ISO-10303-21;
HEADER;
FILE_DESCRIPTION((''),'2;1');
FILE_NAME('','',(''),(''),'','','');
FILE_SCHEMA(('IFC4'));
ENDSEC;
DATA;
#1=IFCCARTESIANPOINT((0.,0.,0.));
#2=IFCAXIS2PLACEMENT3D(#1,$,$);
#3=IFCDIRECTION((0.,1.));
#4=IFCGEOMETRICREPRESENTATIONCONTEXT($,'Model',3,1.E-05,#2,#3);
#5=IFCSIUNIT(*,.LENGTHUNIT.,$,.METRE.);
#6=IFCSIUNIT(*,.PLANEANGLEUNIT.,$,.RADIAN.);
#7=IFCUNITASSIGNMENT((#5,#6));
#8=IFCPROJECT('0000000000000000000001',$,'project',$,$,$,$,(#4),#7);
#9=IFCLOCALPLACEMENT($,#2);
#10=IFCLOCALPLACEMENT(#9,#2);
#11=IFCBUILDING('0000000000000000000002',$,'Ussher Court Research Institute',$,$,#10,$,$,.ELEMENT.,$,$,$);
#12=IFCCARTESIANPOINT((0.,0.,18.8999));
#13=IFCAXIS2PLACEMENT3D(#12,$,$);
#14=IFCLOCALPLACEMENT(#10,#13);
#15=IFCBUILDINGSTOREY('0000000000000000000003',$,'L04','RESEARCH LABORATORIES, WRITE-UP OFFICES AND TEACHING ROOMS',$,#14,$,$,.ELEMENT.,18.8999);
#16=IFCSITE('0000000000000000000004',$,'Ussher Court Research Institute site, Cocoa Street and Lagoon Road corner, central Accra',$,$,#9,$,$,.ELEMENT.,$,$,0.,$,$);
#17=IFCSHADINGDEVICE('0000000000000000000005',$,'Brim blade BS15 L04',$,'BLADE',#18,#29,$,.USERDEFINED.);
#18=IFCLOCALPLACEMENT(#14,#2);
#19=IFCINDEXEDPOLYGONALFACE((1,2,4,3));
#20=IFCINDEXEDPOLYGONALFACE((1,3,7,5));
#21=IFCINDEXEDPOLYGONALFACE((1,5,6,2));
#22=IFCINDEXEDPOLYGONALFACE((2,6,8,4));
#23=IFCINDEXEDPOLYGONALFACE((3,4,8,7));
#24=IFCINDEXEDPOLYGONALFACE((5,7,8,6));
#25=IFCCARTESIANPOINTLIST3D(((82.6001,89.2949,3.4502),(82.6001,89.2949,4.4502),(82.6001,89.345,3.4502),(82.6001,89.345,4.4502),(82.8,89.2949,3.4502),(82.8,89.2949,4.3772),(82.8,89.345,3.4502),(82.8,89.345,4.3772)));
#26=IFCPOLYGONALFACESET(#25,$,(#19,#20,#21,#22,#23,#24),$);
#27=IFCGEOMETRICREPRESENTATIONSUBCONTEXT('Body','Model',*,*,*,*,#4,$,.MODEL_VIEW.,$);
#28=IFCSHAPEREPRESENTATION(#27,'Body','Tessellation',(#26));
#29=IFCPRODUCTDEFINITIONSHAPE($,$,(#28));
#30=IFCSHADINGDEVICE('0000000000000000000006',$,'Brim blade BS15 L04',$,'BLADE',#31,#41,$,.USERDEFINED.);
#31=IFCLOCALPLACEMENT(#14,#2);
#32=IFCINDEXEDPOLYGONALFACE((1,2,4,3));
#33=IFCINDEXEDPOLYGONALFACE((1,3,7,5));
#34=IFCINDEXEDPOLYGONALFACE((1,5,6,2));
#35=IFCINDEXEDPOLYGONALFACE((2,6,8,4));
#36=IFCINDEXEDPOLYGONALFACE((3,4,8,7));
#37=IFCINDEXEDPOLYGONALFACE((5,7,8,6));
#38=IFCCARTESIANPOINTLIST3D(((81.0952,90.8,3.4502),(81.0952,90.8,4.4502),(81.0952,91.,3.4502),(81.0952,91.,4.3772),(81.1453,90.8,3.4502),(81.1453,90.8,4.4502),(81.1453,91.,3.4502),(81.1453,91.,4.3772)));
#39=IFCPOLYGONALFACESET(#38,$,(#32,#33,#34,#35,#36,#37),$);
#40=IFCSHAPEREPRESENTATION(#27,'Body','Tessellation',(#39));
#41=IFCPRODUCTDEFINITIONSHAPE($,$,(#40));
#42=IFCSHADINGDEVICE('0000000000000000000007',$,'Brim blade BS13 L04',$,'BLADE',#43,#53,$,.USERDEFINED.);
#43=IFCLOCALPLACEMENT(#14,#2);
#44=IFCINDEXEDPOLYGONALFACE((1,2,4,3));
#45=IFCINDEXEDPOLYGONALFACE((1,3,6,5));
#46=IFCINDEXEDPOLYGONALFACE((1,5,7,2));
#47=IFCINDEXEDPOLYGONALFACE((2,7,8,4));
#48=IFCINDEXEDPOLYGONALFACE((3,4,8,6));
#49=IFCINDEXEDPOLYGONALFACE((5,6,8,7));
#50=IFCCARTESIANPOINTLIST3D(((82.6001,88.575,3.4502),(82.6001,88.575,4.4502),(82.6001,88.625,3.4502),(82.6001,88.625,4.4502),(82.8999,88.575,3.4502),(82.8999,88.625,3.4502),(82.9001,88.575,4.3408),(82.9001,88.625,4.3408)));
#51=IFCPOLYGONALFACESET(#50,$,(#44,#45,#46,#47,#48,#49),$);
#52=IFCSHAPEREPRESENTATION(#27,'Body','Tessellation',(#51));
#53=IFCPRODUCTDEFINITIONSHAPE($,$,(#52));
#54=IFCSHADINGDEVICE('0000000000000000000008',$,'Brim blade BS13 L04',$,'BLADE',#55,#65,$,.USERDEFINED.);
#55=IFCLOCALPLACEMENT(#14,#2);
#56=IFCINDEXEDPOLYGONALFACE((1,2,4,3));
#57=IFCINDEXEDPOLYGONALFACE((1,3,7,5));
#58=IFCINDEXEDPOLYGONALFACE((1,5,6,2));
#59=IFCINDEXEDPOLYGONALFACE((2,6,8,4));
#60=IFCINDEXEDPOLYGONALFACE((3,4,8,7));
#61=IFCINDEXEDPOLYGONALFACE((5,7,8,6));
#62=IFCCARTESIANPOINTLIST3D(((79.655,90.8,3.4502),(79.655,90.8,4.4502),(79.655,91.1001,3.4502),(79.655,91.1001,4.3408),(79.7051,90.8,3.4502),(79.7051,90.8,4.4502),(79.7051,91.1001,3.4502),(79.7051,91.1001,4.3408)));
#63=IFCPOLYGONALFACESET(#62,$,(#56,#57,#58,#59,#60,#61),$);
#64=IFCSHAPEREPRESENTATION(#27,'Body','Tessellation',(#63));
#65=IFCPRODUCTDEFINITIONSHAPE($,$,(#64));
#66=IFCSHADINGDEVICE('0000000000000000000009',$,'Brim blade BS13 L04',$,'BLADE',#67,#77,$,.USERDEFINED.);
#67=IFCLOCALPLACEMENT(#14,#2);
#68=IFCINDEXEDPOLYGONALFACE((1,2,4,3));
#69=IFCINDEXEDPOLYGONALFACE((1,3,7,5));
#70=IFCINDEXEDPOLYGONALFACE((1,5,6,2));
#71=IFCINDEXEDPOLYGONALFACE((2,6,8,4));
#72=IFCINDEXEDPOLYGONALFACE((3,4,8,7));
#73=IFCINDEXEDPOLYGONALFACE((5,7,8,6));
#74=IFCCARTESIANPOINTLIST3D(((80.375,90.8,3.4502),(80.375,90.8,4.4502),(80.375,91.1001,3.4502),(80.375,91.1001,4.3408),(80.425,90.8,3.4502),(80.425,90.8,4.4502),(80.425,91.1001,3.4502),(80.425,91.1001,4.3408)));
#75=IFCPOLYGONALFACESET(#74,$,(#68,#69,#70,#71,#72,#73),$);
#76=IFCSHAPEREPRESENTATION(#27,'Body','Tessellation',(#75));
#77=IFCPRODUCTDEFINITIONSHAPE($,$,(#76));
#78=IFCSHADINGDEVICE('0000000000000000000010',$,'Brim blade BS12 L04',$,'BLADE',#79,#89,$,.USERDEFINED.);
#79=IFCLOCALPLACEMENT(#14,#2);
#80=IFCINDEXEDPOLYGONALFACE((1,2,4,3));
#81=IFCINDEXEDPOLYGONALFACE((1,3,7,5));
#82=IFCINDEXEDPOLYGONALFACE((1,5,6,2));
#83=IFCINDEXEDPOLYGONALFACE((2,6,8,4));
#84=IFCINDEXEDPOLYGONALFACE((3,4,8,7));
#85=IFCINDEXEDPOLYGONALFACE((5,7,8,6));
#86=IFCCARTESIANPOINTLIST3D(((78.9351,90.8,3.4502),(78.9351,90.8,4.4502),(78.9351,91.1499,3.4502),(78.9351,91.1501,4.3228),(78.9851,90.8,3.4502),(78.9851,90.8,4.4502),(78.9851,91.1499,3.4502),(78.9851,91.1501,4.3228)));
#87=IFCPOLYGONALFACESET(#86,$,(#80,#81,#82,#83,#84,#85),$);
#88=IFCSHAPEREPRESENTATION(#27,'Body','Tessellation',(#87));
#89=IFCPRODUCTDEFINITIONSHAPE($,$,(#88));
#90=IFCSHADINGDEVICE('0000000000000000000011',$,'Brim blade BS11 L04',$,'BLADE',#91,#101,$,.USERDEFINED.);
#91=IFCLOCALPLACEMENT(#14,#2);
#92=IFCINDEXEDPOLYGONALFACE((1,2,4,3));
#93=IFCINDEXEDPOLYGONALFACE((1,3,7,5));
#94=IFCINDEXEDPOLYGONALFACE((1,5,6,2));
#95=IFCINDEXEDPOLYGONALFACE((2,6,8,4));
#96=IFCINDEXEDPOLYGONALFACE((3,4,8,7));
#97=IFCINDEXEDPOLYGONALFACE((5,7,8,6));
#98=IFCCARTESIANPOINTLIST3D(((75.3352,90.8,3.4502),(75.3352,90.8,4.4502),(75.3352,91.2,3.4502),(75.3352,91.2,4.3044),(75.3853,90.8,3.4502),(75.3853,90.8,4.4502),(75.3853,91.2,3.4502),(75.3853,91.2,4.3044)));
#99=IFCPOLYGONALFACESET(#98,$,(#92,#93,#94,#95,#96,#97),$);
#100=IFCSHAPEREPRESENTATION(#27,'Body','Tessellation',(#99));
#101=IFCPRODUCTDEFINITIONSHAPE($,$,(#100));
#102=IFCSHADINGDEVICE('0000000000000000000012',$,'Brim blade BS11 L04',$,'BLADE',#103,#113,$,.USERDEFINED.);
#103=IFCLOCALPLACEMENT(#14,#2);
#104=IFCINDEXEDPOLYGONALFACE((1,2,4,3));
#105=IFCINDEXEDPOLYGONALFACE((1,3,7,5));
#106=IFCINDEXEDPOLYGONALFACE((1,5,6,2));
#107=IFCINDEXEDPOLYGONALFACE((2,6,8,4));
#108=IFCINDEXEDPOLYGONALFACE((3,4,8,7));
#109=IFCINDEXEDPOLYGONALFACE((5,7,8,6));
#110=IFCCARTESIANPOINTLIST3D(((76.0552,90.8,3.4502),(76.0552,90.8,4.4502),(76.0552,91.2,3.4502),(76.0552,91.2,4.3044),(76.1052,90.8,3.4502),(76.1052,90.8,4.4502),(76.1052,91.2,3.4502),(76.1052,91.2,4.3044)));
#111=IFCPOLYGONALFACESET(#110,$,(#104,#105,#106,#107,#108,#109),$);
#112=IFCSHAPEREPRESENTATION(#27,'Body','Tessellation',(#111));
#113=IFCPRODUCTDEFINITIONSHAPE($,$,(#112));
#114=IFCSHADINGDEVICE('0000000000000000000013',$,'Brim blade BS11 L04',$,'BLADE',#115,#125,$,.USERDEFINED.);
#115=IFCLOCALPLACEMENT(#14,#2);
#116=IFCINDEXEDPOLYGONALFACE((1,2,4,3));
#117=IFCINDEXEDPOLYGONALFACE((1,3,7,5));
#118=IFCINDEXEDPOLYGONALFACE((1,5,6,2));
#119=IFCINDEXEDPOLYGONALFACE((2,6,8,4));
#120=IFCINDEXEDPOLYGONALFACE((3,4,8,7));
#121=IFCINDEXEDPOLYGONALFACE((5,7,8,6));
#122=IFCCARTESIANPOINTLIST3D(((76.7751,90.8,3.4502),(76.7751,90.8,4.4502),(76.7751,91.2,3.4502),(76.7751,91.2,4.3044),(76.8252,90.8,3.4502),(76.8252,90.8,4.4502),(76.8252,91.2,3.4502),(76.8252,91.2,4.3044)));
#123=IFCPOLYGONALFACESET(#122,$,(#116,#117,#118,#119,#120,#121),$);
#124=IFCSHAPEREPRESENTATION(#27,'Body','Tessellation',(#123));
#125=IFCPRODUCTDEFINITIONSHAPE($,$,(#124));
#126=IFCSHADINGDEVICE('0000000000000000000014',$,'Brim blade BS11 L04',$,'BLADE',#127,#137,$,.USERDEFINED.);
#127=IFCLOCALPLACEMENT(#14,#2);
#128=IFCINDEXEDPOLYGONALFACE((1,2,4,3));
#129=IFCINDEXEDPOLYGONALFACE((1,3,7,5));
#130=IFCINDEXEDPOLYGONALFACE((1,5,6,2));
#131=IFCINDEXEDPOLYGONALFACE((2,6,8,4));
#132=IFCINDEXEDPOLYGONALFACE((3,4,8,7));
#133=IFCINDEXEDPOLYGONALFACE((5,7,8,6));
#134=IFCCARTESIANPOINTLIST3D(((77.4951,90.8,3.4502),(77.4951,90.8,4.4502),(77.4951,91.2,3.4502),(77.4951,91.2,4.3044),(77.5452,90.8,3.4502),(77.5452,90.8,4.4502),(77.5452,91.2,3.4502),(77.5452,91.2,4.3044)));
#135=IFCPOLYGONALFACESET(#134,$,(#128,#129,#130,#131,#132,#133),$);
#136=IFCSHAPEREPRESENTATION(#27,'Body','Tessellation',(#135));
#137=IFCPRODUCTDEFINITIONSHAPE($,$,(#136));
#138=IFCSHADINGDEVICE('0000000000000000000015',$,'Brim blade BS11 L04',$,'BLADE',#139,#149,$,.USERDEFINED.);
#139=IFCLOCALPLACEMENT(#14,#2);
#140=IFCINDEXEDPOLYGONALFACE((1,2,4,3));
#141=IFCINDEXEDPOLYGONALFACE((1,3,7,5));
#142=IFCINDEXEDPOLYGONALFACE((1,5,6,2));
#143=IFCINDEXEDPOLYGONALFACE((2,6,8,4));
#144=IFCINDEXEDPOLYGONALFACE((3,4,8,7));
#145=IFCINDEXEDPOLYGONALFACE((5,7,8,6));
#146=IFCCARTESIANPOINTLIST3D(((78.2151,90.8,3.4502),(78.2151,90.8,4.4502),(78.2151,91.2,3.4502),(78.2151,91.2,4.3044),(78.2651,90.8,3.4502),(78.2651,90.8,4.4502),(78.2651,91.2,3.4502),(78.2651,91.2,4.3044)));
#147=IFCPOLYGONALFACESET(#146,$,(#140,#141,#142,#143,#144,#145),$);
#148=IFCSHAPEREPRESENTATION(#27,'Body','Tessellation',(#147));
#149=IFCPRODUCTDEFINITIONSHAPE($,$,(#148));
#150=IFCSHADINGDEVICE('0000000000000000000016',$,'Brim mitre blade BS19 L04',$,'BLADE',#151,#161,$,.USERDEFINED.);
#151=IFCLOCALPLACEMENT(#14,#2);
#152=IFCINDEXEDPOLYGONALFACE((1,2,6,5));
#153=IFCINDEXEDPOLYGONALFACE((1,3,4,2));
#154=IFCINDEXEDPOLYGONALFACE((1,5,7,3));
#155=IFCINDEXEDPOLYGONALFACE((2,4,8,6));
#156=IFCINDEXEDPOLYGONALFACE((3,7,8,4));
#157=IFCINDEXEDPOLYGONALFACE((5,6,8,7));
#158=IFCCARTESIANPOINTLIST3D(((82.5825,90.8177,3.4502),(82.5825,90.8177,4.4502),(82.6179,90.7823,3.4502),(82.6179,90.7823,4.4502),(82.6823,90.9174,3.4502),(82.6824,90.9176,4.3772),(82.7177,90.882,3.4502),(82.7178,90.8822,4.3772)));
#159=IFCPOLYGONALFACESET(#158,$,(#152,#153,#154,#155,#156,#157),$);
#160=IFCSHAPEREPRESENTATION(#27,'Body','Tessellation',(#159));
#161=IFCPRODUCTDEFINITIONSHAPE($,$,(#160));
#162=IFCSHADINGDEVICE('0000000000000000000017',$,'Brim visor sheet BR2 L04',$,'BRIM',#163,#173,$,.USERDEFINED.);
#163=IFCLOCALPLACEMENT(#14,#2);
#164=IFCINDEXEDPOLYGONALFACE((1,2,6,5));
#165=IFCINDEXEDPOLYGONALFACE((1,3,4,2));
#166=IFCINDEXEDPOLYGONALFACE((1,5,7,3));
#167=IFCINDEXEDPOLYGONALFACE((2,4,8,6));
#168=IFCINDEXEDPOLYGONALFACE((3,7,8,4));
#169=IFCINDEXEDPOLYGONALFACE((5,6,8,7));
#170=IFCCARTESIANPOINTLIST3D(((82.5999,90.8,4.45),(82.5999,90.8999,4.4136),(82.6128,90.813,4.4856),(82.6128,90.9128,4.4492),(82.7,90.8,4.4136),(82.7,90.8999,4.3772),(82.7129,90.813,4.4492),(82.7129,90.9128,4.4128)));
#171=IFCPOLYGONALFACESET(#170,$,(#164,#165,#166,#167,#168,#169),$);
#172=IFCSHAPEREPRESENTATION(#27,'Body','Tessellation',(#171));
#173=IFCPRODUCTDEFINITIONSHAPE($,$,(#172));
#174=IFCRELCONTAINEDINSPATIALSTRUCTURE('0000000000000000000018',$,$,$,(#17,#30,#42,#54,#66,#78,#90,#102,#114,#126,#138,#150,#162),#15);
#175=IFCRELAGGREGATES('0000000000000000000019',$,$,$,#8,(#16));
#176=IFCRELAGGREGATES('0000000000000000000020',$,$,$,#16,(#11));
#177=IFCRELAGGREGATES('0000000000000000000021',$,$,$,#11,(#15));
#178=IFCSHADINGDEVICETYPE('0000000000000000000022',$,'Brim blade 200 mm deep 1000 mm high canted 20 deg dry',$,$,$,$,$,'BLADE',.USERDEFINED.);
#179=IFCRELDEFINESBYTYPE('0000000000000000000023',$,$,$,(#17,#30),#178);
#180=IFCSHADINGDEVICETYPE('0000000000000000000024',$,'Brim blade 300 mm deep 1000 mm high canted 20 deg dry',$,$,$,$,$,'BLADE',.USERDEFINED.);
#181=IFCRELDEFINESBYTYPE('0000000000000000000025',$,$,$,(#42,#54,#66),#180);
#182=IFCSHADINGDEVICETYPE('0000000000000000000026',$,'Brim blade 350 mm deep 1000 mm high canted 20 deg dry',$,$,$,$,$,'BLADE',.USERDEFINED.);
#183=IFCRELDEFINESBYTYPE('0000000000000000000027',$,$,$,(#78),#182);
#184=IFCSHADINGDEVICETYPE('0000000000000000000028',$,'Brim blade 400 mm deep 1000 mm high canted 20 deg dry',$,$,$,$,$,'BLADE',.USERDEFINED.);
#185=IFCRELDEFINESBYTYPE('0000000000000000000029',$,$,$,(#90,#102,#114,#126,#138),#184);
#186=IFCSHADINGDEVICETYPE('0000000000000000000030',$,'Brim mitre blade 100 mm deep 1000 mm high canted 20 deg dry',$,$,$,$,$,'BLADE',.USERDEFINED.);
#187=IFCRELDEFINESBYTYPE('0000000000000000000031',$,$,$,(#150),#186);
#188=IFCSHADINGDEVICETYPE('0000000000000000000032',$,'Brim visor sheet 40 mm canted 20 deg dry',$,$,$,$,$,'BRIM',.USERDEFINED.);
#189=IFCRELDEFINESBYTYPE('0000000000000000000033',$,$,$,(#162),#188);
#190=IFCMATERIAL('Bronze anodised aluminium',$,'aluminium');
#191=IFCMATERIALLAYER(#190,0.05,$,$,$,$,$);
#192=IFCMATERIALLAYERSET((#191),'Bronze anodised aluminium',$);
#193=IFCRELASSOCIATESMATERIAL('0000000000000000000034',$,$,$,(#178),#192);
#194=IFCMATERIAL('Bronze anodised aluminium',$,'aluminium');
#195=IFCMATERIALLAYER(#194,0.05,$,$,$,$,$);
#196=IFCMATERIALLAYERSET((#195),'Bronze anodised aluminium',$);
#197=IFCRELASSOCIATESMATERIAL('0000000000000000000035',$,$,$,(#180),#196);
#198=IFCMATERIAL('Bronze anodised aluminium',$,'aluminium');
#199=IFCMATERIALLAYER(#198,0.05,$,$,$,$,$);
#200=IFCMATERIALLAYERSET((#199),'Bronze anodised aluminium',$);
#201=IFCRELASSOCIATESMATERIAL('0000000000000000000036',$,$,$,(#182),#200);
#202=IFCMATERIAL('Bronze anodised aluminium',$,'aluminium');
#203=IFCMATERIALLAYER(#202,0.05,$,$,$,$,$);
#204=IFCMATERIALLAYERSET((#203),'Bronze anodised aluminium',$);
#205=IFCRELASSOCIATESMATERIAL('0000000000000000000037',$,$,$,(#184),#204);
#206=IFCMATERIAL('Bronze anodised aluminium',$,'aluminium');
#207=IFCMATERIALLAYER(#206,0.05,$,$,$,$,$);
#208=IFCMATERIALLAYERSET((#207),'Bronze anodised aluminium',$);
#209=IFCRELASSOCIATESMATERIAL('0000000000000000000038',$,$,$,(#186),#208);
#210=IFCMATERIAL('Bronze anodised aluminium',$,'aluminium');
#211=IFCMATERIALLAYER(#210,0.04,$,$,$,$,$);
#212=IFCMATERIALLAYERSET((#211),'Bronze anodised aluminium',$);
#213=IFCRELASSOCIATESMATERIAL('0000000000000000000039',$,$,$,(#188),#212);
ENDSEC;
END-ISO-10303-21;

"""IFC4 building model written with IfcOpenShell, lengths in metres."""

from ifc_helpers import new_model, si_unit, direction, frame, origin, place, context, subcontext, project, spatial, polyline, outline, extrude, material, layer, layer_set, type_object, element, save


model = new_model("IFC4")

# Units and contexts
model_context = context("Model", 3, precision=1e-05, world=origin(), true_north=direction((0.0, 1.0)))
body_context = subcontext(model_context, "Body", "Model", "MODEL_VIEW")
ifc_project = project(units=[si_unit("LENGTHUNIT", "METRE"), si_unit("PLANEANGLEUNIT", "RADIAN")], contexts=[model_context])

# Site, building, storey
site_placement = place(None, origin())
site = spatial("IfcSite", under=ifc_project, at=site_placement, Name="Ussher Court Research Institute site, Cocoa Street and Lagoon Road corner, central Accra", CompositionType="ELEMENT", RefElevation=0.0)
building_placement = place(site_placement, origin())
building = spatial("IfcBuilding", under=site, at=building_placement, Name="Ussher Court Research Institute", CompositionType="ELEMENT")
storey_placement = place(building_placement, frame((0.0, 0.0, 18.8999)))
storey = spatial("IfcBuildingStorey", under=building, at=storey_placement, Name="L04", Description="RESEARCH LABORATORIES, WRITE-UP OFFICES AND TEACHING ROOMS", CompositionType="ELEMENT", Elevation=18.8999)

# Shading devices
ifc_material_1 = material(Name="Bronze anodised aluminium", Category="aluminium")
ifc_layer_1 = layer(ifc_material_1, 0.05)
ifc_layer_set_1 = layer_set([ifc_layer_1], Name="Bronze anodised aluminium")
shading_device_type_1 = type_object("IfcShadingDeviceType", Name="Brim blade 200 mm deep 1000 mm high canted 20 deg dry", ElementType="BLADE", PredefinedType="USERDEFINED", material=ifc_layer_set_1)
for number, where, z_axis, x_axis, name in (
    (1, (82.6001, 89.3201, 3.4502), (0.0, 0.0, 1.0), (1.0, 0.0, 0.0), "Brim blade BS15 L04"),
    (2, (81.1201, 90.8, 3.4502), (0.0, 0.0, 1.0), (0.0, 1.0, 0.0), "Brim blade BS15 L04"),
):
    element("IfcShadingDevice", number, at=place(storey_placement, frame(where, z_axis=z_axis, x_axis=x_axis)), inside=storey, type_object=shading_device_type_1, Name=name, ObjectType="BLADE", PredefinedType="USERDEFINED", context=body_context, shape_type="SweptSolid", body=[
        extrude(outline(polyline([(0.0, 0.0), (0.2, 0.0), (0.2, 0.927), (0.0, 1.0), (0.0, 0.0)])), frame((0.0, 0.0249, 0.0), z_axis=(0.0, -1.0, 0.0), x_axis=(1.0, 0.0, 0.0)), (0.0, 0.0, 1.0), 0.05),
    ])
ifc_material_2 = material(Name="Bronze anodised aluminium", Category="aluminium")
ifc_layer_2 = layer(ifc_material_2, 0.05)
ifc_layer_set_2 = layer_set([ifc_layer_2], Name="Bronze anodised aluminium")
shading_device_type_2 = type_object("IfcShadingDeviceType", Name="Brim blade 300 mm deep 1000 mm high canted 20 deg dry", ElementType="BLADE", PredefinedType="USERDEFINED", material=ifc_layer_set_2)
shading_device_1_placement = place(storey_placement, frame((82.6001, 88.6001, 3.4502), z_axis=(0.0, 0.0, 1.0), x_axis=(1.0, 0.0, 0.0)))
element("IfcShadingDevice", 3, at=shading_device_1_placement, inside=storey, type_object=shading_device_type_2, Name="Brim blade BS13 L04", ObjectType="BLADE", PredefinedType="USERDEFINED", context=body_context, shape_type="SweptSolid", body=[
    extrude(outline(polyline([(0.0, 0.0), (0.2998, 0.0), (0.3, 0.8906), (0.0, 1.0), (0.0, 0.0)])), frame((0.0, 0.0249, 0.0), z_axis=(0.0, -1.0, 0.0), x_axis=(1.0, 0.0, 0.0)), (0.0, 0.0, 1.0), 0.05),
])
for number, where, z_axis, x_axis, name in (
    (4, (79.6799, 90.8, 3.4502), (0.0, 0.0, 1.0), (0.0, 1.0, 0.0), "Brim blade BS13 L04"),
    (5, (80.3999, 90.8, 3.4502), (0.0, 0.0, 1.0), (0.0, 1.0, 0.0), "Brim blade BS13 L04"),
):
    element("IfcShadingDevice", number, at=place(storey_placement, frame(where, z_axis=z_axis, x_axis=x_axis)), inside=storey, type_object=shading_device_type_2, Name=name, ObjectType="BLADE", PredefinedType="USERDEFINED", context=body_context, shape_type="SweptSolid", body=[
        extrude(outline(polyline([(0.0, 0.0), (0.3, 0.0), (0.3, 0.8906), (0.0, 1.0), (0.0, 0.0)])), frame((0.0, 0.0249, 0.0), z_axis=(0.0, -1.0, 0.0), x_axis=(1.0, 0.0, 0.0)), (0.0, 0.0, 1.0), 0.05),
    ])
ifc_material_3 = material(Name="Bronze anodised aluminium", Category="aluminium")
ifc_layer_3 = layer(ifc_material_3, 0.05)
ifc_layer_set_3 = layer_set([ifc_layer_3], Name="Bronze anodised aluminium")
shading_device_type_3 = type_object("IfcShadingDeviceType", Name="Brim blade 350 mm deep 1000 mm high canted 20 deg dry", ElementType="BLADE", PredefinedType="USERDEFINED", material=ifc_layer_set_3)
shading_device_2_placement = place(storey_placement, frame((78.96, 90.8, 3.4502), z_axis=(0.0, 0.0, 1.0), x_axis=(0.0, 1.0, 0.0)))
element("IfcShadingDevice", 6, at=shading_device_2_placement, inside=storey, type_object=shading_device_type_3, Name="Brim blade BS12 L04", ObjectType="BLADE", PredefinedType="USERDEFINED", context=body_context, shape_type="SweptSolid", body=[
    extrude(outline(polyline([(0.0, 0.0), (0.3499, 0.0), (0.3501, 0.8726), (0.0, 1.0), (0.0, 0.0)])), frame((0.0, 0.0249, 0.0), z_axis=(0.0, -1.0, 0.0), x_axis=(1.0, 0.0, 0.0)), (0.0, 0.0, 1.0), 0.05),
])
ifc_material_4 = material(Name="Bronze anodised aluminium", Category="aluminium")
ifc_layer_4 = layer(ifc_material_4, 0.05)
ifc_layer_set_4 = layer_set([ifc_layer_4], Name="Bronze anodised aluminium")
shading_device_type_4 = type_object("IfcShadingDeviceType", Name="Brim blade 400 mm deep 1000 mm high canted 20 deg dry", ElementType="BLADE", PredefinedType="USERDEFINED", material=ifc_layer_set_4)
for number, where, z_axis, x_axis, name in (
    (7, (75.3601, 90.8, 3.4502), (0.0, 0.0, 1.0), (0.0, 1.0, 0.0), "Brim blade BS11 L04"),
    (8, (76.0801, 90.8, 3.4502), (0.0, 0.0, 1.0), (0.0, 1.0, 0.0), "Brim blade BS11 L04"),
    (9, (76.8, 90.8, 3.4502), (0.0, 0.0, 1.0), (0.0, 1.0, 0.0), "Brim blade BS11 L04"),
    (10, (77.52, 90.8, 3.4502), (0.0, 0.0, 1.0), (0.0, 1.0, 0.0), "Brim blade BS11 L04"),
    (11, (78.24, 90.8, 3.4502), (0.0, 0.0, 1.0), (0.0, 1.0, 0.0), "Brim blade BS11 L04"),
):
    element("IfcShadingDevice", number, at=place(storey_placement, frame(where, z_axis=z_axis, x_axis=x_axis)), inside=storey, type_object=shading_device_type_4, Name=name, ObjectType="BLADE", PredefinedType="USERDEFINED", context=body_context, shape_type="SweptSolid", body=[
        extrude(outline(polyline([(0.0, 0.0), (0.3999, 0.0), (0.3999, 0.8542), (0.0, 1.0), (0.0, 0.0)])), frame((0.0, 0.0249, 0.0), z_axis=(0.0, -1.0, 0.0), x_axis=(1.0, 0.0, 0.0)), (0.0, 0.0, 1.0), 0.05),
    ])
ifc_material_5 = material(Name="Bronze anodised aluminium", Category="aluminium")
ifc_layer_5 = layer(ifc_material_5, 0.05)
ifc_layer_set_5 = layer_set([ifc_layer_5], Name="Bronze anodised aluminium")
shading_device_type_5 = type_object("IfcShadingDeviceType", Name="Brim mitre blade 100 mm deep 1000 mm high canted 20 deg dry", ElementType="BLADE", PredefinedType="USERDEFINED", material=ifc_layer_set_5)
shading_device_3_placement = place(storey_placement, frame((82.6001, 90.8, 3.4502), z_axis=(0.0, 0.0, 1.0), x_axis=(0.707107, 0.707107, 0.0)))
element("IfcShadingDevice", 12, at=shading_device_3_placement, inside=storey, type_object=shading_device_type_5, Name="Brim mitre blade BS19 L04", ObjectType="BLADE", PredefinedType="USERDEFINED", context=body_context, shape_type="SweptSolid", body=[
    extrude(outline(polyline([(0.0, 0.0), (0.1411, 0.0), (0.1414, 0.927), (0.0, 1.0), (0.0, 0.0)])), frame((0.0, 0.0249, 0.0), z_axis=(0.0, -1.0, 0.0), x_axis=(1.0, 0.0, 0.0)), (0.0, 0.0, 1.0), 0.05),
])
ifc_material_6 = material(Name="Bronze anodised aluminium", Category="aluminium")
ifc_layer_6 = layer(ifc_material_6, 0.04)
ifc_layer_set_6 = layer_set([ifc_layer_6], Name="Bronze anodised aluminium")
shading_device_type_6 = type_object("IfcShadingDeviceType", Name="Brim visor sheet 40 mm canted 20 deg dry", ElementType="BRIM", PredefinedType="USERDEFINED", material=ifc_layer_set_6)
shading_device_4_placement = place(storey_placement, frame((82.6128, 90.813, 4.4856), z_axis=(0.323142, 0.323932, 0.889183), x_axis=(0.93986, 0.0, -0.341559)))
element("IfcShadingDevice", 13, at=shading_device_4_placement, inside=storey, type_object=shading_device_type_6, Name="Brim visor sheet BR2 L04", ObjectType="BRIM", PredefinedType="USERDEFINED", context=body_context, shape_type="SweptSolid", body=[
    extrude(outline(polyline([(0.0, 0.0), (0.1065, 0.0), (0.1189, 0.1055), (0.0124, 0.1055), (0.0, 0.0)])), origin(), (0.0, 0.0, -1.0), 0.04),
])

save(model, "model.ifc")
